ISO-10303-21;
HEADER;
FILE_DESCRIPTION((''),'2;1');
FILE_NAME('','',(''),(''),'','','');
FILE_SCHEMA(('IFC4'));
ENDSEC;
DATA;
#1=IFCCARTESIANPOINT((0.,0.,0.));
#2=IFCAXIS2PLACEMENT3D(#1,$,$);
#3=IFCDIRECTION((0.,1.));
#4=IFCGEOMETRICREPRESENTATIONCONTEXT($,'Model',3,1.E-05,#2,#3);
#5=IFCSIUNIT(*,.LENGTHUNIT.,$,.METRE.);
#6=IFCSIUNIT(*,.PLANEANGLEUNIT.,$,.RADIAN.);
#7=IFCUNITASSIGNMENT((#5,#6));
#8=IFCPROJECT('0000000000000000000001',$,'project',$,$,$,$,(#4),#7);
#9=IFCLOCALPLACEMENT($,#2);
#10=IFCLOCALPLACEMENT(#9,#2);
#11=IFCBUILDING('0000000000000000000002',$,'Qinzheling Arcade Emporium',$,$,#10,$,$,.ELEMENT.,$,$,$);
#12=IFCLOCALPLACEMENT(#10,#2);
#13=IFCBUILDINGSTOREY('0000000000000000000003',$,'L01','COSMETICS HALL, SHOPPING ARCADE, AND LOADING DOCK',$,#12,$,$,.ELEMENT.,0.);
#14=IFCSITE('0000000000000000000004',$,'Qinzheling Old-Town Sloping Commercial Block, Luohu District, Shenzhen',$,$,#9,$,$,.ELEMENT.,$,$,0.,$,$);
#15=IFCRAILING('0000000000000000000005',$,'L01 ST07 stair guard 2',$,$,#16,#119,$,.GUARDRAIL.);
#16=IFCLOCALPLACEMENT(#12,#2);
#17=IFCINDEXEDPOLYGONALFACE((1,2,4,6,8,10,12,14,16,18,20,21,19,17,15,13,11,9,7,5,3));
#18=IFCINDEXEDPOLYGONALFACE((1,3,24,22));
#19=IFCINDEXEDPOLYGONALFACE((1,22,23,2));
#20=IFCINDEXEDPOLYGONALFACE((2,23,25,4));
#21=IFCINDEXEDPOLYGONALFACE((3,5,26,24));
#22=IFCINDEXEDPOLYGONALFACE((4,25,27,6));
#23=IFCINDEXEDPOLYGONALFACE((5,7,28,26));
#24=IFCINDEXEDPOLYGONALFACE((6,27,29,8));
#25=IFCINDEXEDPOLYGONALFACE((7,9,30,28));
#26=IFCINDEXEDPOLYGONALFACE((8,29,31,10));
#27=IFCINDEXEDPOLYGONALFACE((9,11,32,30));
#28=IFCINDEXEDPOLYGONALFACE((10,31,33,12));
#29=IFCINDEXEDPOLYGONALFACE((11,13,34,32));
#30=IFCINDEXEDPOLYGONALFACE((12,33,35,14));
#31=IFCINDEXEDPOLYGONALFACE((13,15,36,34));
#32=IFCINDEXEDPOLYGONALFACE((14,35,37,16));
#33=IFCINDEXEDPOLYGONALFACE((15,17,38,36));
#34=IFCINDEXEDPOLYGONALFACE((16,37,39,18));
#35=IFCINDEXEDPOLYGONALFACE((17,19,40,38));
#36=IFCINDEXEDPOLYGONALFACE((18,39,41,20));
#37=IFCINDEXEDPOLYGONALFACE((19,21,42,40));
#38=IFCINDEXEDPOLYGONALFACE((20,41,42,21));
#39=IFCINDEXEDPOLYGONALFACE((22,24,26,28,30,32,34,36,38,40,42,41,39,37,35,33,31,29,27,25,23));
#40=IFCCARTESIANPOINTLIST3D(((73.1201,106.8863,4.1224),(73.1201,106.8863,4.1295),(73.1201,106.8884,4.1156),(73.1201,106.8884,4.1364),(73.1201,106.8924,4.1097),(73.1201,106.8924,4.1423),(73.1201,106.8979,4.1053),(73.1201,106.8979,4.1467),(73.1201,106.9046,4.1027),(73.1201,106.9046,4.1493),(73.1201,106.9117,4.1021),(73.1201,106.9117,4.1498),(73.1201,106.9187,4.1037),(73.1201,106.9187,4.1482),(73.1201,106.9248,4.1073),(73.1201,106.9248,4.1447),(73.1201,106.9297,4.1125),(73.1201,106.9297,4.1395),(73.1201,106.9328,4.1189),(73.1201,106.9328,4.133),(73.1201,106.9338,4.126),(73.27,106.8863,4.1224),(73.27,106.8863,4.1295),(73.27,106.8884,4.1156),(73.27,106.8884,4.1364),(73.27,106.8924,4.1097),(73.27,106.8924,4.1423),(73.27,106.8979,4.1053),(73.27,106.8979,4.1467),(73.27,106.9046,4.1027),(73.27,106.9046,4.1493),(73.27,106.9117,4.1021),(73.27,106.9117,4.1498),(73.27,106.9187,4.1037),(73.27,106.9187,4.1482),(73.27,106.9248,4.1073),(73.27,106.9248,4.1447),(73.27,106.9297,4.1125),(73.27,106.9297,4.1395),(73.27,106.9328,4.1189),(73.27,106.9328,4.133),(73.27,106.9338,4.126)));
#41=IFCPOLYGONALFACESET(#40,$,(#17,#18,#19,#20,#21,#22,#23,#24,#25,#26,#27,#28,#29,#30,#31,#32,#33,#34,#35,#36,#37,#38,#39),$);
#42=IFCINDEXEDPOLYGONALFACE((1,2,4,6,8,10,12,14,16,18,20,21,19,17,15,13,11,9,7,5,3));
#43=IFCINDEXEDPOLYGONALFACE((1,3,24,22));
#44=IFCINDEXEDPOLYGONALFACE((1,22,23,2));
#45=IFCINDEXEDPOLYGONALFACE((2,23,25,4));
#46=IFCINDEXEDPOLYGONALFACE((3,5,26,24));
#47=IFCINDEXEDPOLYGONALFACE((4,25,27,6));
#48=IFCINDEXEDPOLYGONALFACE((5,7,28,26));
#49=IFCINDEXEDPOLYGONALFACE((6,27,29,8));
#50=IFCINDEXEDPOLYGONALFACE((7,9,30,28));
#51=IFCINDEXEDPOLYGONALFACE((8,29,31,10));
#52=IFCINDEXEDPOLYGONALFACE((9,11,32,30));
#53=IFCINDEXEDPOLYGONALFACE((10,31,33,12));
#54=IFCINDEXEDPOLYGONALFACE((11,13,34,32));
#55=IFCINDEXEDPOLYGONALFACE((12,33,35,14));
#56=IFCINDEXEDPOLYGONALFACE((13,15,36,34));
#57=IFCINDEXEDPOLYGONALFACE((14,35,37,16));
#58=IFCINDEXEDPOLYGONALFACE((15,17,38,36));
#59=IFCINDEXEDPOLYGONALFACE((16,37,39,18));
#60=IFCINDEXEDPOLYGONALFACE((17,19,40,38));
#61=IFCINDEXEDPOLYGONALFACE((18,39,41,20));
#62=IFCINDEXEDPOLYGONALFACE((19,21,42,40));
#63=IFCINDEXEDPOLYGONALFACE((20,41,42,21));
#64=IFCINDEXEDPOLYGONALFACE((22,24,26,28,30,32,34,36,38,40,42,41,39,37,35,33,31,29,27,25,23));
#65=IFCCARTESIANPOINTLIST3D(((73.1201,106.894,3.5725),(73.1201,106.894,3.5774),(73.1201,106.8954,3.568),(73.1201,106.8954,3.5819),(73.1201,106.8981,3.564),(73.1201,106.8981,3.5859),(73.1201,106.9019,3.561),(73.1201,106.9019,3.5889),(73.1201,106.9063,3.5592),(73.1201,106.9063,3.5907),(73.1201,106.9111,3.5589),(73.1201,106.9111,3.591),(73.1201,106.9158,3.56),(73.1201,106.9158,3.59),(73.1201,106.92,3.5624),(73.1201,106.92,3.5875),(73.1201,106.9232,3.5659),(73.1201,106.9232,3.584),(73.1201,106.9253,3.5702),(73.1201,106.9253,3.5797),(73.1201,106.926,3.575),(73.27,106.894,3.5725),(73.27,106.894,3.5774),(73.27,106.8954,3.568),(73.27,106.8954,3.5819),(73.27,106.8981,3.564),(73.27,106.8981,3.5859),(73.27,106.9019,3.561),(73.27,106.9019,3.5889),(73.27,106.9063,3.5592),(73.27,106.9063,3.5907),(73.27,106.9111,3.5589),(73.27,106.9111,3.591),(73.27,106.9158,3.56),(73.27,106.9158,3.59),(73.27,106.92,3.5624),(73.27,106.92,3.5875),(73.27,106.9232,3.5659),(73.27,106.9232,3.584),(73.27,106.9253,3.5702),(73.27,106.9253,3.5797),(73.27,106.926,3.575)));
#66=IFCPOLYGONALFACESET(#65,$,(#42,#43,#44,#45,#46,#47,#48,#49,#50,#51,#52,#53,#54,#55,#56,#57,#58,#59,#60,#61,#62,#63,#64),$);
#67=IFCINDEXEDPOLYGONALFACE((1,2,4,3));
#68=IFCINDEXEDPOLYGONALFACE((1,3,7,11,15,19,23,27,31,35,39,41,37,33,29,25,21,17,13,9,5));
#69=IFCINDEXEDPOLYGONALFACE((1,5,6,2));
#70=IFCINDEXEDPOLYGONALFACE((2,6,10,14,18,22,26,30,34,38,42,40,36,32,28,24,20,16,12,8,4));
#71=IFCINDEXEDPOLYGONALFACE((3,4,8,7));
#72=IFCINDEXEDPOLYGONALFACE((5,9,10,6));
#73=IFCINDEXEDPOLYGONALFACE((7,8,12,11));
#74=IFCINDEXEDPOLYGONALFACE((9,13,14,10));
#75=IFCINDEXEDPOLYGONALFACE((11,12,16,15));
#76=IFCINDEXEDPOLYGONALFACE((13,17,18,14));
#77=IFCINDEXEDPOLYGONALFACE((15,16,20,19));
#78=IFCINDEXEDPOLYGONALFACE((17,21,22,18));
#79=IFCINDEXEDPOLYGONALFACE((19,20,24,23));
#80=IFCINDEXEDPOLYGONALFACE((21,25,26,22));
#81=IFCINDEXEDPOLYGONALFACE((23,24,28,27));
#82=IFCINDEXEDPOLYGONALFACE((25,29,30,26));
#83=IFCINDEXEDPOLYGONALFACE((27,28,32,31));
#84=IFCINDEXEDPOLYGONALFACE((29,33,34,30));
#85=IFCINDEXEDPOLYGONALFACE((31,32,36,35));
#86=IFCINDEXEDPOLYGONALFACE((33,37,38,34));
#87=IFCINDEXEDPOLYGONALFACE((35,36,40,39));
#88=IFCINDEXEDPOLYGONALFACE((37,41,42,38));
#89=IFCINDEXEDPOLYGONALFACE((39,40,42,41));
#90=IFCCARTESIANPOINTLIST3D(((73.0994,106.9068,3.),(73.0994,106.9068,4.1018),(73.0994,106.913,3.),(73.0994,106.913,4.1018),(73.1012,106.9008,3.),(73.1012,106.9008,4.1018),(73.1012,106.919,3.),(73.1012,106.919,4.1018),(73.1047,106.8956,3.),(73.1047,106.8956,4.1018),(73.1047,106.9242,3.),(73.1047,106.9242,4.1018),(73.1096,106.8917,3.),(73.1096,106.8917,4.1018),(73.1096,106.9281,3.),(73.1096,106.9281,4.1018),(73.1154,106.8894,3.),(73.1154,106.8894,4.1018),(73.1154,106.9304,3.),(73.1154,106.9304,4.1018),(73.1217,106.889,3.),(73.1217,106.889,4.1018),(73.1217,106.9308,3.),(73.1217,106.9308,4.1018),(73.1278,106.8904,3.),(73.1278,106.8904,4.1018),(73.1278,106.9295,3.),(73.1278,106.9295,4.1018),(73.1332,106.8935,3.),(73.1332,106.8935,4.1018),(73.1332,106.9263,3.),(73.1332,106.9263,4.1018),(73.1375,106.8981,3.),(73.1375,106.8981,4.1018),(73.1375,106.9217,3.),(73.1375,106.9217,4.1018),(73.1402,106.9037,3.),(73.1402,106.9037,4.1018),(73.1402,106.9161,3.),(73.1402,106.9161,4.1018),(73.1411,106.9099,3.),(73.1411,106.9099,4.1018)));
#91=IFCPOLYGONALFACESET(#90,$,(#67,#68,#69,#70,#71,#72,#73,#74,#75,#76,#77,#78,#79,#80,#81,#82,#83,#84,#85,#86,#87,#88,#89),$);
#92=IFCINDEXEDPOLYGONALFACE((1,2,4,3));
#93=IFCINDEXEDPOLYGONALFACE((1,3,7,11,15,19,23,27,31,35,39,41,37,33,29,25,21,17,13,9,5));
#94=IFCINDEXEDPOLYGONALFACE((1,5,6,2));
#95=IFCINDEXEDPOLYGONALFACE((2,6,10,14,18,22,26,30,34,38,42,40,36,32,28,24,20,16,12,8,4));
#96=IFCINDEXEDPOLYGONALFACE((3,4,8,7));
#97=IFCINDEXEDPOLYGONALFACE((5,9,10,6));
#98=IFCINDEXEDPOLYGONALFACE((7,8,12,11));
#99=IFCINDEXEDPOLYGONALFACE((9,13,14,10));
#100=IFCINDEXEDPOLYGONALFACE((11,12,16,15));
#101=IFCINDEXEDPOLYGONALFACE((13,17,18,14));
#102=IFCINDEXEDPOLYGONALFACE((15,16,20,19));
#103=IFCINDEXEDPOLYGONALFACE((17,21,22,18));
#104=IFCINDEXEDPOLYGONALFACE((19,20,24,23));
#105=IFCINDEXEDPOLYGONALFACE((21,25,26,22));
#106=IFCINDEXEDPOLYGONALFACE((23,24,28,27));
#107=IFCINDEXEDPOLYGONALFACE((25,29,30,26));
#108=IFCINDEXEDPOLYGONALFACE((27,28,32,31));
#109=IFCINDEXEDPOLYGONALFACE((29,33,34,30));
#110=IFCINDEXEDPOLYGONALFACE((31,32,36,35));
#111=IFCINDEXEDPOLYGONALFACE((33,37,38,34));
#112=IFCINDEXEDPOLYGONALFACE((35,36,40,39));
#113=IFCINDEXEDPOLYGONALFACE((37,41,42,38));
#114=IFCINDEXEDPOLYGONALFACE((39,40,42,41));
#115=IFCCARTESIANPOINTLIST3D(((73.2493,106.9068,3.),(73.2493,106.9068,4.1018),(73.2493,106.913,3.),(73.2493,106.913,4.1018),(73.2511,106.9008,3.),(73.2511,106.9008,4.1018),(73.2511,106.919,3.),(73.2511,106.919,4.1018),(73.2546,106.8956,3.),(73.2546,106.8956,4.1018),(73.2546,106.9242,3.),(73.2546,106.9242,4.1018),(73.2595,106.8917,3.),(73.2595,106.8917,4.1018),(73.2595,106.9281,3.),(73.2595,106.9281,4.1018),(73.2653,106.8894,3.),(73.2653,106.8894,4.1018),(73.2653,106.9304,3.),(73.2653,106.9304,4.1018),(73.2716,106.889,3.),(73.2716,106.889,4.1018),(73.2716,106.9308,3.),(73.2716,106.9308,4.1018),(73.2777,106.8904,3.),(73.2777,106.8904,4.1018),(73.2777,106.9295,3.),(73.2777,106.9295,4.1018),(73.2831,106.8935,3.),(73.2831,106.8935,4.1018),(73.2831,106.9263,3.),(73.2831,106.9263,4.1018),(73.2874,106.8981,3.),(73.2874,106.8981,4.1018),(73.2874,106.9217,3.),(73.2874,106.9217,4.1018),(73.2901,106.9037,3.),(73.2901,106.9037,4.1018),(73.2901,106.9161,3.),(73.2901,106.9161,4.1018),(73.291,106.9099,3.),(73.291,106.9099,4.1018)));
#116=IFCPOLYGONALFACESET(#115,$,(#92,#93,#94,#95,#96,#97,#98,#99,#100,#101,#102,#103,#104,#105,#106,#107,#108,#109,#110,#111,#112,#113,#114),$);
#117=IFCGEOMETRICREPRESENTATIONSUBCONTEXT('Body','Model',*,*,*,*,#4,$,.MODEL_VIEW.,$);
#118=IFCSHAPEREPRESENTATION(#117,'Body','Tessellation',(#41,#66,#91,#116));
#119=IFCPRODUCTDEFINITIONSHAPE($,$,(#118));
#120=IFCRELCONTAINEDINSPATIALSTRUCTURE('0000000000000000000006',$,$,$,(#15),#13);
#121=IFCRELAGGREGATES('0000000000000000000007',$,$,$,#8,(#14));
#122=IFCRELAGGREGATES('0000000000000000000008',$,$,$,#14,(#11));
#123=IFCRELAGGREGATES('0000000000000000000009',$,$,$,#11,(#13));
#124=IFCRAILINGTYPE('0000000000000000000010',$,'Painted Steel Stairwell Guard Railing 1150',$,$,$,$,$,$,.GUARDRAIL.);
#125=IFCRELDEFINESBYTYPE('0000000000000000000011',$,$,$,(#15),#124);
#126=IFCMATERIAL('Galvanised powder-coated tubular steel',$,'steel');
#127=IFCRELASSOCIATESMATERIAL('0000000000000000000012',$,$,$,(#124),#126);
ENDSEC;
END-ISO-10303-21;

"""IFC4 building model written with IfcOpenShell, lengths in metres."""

from ifc_helpers import new_model, si_unit, direction, frame, origin, origin_2d, place, context, subcontext, project, spatial, circle, extrude, material, type_object, element, save


model = new_model("IFC4")

# Units and contexts
model_context = context("Model", 3, precision=1e-05, world=origin(), true_north=direction((0.0, 1.0)))
body_context = subcontext(model_context, "Body", "Model", "MODEL_VIEW")
ifc_project = project(units=[si_unit("LENGTHUNIT", "METRE"), si_unit("PLANEANGLEUNIT", "RADIAN")], contexts=[model_context])

# Site, building, storey
site_placement = place(None, origin())
site = spatial("IfcSite", under=ifc_project, at=site_placement, Name="Qinzheling Old-Town Sloping Commercial Block, Luohu District, Shenzhen", CompositionType="ELEMENT", RefElevation=0.0)
building_placement = place(site_placement, origin())
building = spatial("IfcBuilding", under=site, at=building_placement, Name="Qinzheling Arcade Emporium", CompositionType="ELEMENT")
storey_placement = place(building_placement, origin())
storey = spatial("IfcBuildingStorey", under=building, at=storey_placement, Name="L01", Description="COSMETICS HALL, SHOPPING ARCADE, AND LOADING DOCK", CompositionType="ELEMENT", Elevation=0.0)

# Railing
ifc_material_1 = material(Name="Galvanised powder-coated tubular steel", Category="steel")
railing_type_1 = type_object("IfcRailingType", Name="Painted Steel Stairwell Guard Railing 1150", PredefinedType="GUARDRAIL", material=ifc_material_1)
railing_1_placement = place(storey_placement, frame((73.1201, 106.9099, 3.0)))
element("IfcRailing", 1, at=railing_1_placement, inside=storey, type_object=railing_type_1, Name="L01 ST07 stair guard 2", PredefinedType="GUARDRAIL", context=body_context, shape_type="SweptSolid", body=[
    extrude(circle(Radius=0.0239, at=origin_2d()), frame((0.0, 0.0, 1.126), z_axis=(1.0, 0.0, 0.0), x_axis=(0.0, 1.0, 0.0)), (0.0, 0.0, 1.0), 0.1499),
    extrude(circle(Radius=0.0161, at=origin_2d()), frame((0.0, 0.0, 0.575), z_axis=(1.0, 0.0, 0.0), x_axis=(0.0, 1.0, 0.0)), (0.0, 0.0, 1.0), 0.1499),
    extrude(circle(Radius=0.021, at=origin_2d()), origin(), (0.0, 0.0, 1.0), 1.1018),
    extrude(circle(Radius=0.021, at=origin_2d()), frame((0.1499, 0.0, 0.0)), (0.0, 0.0, 1.0), 1.1018),
])

save(model, "model.ifc")
